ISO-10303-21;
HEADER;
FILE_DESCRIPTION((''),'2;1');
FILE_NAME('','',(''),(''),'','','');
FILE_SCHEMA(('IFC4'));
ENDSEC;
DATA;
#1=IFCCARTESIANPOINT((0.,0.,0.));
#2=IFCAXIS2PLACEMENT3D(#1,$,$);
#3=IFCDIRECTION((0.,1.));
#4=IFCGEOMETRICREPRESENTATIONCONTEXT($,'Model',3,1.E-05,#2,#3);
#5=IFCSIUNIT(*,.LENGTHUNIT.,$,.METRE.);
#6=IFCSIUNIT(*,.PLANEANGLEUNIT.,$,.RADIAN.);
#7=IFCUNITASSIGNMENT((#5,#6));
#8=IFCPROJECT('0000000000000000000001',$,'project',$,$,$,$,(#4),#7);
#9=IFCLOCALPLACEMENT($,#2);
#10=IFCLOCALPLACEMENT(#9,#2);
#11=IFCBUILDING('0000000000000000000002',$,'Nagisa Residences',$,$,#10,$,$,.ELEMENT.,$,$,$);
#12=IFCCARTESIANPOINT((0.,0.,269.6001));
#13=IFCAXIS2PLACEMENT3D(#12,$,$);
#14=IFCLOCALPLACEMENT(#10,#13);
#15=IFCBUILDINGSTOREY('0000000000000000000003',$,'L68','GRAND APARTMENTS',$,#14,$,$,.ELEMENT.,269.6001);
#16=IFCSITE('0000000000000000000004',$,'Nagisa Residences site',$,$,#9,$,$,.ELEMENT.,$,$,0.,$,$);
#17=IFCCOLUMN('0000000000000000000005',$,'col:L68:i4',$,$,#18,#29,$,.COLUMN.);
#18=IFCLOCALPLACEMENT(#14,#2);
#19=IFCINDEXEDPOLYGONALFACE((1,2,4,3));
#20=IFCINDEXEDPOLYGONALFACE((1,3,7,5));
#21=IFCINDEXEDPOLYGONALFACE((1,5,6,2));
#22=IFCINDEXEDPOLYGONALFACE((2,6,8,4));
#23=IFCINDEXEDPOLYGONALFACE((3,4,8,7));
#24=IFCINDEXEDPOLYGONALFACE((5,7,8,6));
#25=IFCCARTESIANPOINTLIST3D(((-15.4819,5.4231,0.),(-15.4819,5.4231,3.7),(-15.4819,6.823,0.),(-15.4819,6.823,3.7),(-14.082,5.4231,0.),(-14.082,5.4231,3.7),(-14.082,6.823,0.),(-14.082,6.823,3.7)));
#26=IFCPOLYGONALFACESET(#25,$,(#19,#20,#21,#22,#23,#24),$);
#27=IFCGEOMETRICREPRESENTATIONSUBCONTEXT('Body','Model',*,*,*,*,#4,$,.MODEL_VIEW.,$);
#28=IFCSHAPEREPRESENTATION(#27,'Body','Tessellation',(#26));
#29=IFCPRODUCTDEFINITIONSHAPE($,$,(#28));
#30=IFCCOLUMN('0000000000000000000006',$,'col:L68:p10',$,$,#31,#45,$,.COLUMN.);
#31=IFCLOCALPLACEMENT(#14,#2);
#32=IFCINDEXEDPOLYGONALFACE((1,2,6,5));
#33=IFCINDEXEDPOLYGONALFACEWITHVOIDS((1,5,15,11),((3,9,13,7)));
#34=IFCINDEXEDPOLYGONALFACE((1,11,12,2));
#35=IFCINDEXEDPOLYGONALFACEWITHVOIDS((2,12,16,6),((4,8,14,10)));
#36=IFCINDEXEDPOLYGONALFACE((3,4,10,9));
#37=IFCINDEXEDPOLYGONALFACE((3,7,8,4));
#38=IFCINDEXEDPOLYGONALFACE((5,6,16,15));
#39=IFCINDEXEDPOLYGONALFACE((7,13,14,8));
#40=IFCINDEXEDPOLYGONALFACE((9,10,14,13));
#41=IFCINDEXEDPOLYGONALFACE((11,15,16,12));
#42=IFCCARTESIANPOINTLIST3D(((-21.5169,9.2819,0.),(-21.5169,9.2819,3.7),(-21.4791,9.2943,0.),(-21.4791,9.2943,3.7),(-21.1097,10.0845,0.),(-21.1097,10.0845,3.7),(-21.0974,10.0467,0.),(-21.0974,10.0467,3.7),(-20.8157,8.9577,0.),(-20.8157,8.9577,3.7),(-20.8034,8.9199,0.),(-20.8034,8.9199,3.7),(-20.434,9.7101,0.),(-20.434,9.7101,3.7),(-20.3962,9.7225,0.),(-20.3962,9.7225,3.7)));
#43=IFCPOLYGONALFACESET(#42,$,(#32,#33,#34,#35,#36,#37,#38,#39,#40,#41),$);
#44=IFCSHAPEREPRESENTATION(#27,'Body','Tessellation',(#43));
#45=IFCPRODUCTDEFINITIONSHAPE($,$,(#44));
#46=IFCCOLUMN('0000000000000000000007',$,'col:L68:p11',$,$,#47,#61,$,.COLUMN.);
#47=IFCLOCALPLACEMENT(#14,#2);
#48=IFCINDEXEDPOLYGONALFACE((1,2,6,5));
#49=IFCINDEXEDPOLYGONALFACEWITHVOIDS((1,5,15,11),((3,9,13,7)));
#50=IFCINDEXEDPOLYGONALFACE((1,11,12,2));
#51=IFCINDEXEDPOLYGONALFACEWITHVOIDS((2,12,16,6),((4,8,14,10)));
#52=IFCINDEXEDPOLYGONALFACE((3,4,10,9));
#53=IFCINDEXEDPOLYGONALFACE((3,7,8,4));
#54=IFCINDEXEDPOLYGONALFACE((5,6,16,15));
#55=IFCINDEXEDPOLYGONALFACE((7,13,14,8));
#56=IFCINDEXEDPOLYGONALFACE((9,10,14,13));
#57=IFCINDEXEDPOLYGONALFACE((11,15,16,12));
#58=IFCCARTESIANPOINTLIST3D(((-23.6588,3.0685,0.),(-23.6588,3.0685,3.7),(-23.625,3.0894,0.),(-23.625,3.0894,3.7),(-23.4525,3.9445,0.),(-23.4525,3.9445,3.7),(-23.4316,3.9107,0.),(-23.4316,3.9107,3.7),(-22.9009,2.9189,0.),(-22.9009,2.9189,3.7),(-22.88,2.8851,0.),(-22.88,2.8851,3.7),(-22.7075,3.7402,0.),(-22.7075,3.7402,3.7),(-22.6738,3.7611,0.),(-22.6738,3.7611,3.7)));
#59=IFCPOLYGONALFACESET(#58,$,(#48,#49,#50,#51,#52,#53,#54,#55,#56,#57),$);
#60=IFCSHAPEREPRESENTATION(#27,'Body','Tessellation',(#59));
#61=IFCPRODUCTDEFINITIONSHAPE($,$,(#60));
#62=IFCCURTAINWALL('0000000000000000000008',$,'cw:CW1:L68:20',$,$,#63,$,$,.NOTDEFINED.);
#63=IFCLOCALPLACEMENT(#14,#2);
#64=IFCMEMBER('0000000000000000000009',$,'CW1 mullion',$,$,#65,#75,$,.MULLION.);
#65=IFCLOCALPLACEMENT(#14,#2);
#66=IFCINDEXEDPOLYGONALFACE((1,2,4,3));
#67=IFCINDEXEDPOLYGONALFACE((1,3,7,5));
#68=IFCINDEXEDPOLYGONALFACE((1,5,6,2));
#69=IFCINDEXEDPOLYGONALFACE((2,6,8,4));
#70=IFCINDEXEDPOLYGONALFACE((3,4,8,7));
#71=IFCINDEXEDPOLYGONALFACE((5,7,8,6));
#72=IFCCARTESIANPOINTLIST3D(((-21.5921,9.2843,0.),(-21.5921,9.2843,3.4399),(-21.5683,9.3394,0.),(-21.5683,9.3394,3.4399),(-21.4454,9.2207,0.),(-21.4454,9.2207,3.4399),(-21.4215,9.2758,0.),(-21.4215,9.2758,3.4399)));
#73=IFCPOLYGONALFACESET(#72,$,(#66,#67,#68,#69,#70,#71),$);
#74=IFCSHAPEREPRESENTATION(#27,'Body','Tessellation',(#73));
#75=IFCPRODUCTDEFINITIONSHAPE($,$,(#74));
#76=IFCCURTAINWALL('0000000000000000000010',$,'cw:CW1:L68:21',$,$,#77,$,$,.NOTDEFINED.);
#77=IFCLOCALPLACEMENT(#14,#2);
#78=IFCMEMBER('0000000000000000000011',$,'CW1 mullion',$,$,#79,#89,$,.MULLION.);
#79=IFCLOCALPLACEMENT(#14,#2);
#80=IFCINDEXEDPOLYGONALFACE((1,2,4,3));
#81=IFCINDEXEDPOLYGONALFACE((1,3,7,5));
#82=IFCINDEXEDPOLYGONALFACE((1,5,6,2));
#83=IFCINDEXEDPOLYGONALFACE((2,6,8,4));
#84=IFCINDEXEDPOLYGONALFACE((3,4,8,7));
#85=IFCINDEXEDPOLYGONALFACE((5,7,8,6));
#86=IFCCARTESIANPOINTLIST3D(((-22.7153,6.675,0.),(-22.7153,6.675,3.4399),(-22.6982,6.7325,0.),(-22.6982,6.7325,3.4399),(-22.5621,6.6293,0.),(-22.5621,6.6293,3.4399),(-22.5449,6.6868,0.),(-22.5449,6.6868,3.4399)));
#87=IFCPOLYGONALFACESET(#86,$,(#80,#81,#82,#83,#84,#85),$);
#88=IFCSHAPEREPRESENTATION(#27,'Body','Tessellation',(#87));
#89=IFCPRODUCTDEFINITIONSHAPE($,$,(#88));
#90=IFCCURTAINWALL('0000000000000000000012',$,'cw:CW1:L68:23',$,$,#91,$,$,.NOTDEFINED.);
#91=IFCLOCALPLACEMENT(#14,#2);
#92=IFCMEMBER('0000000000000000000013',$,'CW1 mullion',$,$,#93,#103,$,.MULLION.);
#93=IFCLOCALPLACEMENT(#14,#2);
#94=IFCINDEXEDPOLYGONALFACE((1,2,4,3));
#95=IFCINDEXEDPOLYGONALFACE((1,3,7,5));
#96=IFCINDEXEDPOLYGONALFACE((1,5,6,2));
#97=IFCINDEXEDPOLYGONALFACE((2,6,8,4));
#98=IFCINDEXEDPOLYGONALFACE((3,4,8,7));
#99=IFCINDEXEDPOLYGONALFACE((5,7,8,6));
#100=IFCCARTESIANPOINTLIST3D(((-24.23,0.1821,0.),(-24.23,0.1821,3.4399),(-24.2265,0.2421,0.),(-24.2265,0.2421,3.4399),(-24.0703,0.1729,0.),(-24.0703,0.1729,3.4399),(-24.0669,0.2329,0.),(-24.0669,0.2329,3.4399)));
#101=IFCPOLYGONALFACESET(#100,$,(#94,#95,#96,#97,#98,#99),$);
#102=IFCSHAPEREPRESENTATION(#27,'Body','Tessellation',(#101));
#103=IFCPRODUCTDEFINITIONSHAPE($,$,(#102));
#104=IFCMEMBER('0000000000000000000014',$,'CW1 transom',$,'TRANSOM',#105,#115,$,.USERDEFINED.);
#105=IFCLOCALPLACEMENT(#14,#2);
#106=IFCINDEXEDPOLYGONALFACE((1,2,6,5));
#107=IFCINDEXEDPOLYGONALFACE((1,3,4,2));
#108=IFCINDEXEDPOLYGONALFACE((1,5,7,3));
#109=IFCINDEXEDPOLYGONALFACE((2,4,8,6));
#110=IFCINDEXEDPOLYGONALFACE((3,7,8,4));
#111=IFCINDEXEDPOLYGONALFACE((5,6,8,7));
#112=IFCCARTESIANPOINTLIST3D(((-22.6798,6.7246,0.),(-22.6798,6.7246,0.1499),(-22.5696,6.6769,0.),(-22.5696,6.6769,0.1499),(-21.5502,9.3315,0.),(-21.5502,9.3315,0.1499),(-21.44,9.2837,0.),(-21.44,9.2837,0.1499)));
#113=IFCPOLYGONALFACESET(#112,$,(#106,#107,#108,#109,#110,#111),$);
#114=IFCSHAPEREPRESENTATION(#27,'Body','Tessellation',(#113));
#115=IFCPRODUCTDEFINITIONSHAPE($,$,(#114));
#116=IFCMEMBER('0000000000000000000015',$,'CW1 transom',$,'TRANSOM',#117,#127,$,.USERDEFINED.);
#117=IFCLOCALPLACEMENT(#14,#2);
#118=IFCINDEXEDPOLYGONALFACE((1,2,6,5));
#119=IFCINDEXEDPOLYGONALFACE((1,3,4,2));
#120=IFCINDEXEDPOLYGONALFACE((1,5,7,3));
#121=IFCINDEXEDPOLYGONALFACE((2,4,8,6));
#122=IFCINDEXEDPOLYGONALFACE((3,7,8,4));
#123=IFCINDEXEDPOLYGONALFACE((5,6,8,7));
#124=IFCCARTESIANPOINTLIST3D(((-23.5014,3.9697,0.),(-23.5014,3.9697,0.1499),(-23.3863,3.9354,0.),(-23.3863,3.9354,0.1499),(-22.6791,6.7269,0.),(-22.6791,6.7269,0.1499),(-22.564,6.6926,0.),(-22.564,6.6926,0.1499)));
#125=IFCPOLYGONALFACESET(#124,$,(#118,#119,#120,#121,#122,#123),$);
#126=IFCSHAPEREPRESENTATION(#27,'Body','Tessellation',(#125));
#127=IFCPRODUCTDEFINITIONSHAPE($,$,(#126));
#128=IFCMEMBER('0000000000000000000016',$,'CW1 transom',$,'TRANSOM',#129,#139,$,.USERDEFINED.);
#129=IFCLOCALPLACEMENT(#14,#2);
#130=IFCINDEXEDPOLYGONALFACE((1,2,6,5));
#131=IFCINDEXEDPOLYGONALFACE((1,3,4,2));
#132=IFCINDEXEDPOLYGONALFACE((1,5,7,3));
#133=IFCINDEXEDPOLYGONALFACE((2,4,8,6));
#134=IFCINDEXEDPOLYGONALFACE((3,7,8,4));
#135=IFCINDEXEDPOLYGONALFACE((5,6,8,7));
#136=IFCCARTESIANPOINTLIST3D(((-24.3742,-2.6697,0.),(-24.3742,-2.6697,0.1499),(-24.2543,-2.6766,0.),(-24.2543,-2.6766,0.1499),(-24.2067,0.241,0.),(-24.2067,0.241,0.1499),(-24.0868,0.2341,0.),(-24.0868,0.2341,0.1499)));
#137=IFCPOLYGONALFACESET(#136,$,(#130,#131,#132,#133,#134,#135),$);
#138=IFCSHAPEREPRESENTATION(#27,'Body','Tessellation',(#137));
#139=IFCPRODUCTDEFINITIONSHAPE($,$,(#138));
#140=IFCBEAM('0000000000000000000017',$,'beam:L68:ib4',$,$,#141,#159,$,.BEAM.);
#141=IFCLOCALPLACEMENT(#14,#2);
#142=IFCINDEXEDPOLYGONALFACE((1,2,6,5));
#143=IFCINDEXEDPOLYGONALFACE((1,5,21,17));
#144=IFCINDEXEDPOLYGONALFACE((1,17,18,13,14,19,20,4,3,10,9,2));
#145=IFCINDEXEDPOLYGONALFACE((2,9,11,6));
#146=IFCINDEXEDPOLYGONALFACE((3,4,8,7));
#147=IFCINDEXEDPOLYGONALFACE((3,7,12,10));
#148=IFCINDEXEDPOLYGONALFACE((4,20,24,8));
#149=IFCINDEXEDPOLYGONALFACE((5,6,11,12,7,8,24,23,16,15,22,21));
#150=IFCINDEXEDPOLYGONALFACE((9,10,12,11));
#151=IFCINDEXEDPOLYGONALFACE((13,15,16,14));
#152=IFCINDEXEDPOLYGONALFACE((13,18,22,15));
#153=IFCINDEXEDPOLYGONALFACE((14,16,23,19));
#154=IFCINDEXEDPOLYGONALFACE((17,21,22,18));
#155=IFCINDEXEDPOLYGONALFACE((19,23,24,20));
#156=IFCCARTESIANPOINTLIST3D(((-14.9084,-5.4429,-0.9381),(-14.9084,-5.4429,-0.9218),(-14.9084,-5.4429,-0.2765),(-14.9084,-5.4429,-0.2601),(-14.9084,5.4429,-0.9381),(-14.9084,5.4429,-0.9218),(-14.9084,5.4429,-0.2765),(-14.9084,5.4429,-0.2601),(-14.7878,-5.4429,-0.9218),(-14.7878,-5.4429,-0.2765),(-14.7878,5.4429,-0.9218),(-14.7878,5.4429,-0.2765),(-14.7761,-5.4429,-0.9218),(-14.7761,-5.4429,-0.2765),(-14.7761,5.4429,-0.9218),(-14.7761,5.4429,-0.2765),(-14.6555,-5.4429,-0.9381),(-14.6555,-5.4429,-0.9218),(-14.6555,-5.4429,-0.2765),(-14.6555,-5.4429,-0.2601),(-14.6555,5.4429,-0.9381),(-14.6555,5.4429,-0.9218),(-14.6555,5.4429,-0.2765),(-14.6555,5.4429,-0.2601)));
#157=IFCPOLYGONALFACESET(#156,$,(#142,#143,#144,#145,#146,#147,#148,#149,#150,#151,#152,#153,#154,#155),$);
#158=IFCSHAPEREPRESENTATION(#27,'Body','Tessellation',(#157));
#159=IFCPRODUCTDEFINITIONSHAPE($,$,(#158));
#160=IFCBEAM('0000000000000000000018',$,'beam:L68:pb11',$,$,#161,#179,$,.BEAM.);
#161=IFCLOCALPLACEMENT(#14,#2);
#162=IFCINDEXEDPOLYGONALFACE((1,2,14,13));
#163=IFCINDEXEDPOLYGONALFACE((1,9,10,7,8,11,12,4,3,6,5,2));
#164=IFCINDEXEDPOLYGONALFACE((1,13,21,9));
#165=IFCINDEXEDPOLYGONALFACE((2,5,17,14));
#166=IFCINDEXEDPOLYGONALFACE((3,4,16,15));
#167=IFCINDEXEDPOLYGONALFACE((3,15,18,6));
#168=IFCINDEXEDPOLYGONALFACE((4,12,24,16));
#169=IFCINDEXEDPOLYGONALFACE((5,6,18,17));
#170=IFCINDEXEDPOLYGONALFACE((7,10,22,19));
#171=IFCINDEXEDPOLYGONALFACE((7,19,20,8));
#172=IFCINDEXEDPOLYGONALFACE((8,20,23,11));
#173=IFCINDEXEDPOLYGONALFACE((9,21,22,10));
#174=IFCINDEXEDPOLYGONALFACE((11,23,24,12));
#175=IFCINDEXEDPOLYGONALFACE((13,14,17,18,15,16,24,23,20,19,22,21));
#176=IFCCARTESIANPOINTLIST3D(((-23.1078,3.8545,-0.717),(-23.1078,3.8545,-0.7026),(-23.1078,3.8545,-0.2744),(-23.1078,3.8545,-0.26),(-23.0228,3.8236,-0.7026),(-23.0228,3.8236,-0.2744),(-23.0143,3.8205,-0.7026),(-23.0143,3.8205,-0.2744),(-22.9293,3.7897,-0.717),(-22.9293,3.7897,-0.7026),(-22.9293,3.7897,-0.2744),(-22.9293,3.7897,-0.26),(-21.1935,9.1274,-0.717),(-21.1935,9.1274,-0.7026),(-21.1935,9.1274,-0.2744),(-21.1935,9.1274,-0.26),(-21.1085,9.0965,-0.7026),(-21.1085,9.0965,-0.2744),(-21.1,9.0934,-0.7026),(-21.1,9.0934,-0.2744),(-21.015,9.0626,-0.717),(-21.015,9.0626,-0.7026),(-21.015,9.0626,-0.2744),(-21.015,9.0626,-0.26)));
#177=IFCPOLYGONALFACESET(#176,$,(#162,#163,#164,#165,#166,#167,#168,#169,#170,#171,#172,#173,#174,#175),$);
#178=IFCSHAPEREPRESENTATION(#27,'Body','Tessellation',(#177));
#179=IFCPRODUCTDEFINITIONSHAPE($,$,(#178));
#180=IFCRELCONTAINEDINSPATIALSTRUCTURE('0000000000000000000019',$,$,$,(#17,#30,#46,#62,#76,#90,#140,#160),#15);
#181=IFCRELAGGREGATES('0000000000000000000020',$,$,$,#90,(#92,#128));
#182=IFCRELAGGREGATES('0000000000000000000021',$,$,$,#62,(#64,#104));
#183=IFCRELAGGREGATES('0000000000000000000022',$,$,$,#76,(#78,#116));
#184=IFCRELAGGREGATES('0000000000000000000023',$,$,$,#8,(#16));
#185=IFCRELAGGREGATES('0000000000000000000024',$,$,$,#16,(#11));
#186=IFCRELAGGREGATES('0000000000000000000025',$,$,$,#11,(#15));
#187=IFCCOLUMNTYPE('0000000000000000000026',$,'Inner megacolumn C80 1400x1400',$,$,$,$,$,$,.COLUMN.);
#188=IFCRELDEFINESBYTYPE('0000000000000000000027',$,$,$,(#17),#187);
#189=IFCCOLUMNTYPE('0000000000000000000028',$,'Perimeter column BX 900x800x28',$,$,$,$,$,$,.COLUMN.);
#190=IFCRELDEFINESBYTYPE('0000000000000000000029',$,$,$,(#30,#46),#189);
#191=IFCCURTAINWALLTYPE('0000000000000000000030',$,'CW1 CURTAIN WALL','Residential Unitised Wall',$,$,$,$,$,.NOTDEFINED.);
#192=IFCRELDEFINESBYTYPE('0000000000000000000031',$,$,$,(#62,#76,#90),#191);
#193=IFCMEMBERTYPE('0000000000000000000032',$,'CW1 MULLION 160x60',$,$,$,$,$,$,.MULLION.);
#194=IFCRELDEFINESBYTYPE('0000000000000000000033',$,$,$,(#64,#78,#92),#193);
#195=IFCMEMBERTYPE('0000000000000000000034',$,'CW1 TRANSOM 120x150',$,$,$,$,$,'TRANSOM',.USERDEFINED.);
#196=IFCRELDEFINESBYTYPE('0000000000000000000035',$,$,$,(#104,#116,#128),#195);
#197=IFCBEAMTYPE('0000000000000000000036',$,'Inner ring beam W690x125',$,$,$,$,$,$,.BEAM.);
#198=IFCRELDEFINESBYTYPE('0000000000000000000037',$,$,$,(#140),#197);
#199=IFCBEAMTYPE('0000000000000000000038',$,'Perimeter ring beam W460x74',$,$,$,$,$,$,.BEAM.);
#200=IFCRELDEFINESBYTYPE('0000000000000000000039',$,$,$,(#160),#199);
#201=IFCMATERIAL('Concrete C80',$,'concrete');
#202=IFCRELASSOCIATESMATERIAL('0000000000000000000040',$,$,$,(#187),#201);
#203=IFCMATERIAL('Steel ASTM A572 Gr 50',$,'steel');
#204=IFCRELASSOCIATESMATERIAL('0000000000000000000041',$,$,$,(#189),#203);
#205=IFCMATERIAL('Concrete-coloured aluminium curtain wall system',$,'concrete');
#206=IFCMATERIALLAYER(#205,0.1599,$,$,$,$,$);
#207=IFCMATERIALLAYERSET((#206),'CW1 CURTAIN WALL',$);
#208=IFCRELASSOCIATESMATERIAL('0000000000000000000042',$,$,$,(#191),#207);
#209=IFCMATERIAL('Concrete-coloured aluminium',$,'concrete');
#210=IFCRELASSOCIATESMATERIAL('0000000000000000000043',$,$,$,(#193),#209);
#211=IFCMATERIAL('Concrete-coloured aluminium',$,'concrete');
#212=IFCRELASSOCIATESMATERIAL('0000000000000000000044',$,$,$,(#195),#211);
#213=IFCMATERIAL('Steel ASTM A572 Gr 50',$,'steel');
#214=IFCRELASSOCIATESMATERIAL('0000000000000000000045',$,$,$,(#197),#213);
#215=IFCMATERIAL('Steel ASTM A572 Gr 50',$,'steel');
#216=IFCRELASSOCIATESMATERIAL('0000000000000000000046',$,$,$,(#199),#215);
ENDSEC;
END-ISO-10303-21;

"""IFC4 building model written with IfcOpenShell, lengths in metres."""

from ifc_helpers import new_model, si_unit, direction, frame, origin, origin_2d, place, context, subcontext, project, spatial, rectangle, hollow_rectangle, i_section, extrude, material, layer, layer_set, material_profile, profile_set, type_object, element, aggregate, save


model = new_model("IFC4")

# Units and contexts
model_context = context("Model", 3, precision=1e-05, world=origin(), true_north=direction((0.0, 1.0)))
body_context = subcontext(model_context, "Body", "Model", "MODEL_VIEW")
ifc_project = project(units=[si_unit("LENGTHUNIT", "METRE"), si_unit("PLANEANGLEUNIT", "RADIAN")], contexts=[model_context])

# Site, building, storey
site_placement = place(None, origin())
site = spatial("IfcSite", under=ifc_project, at=site_placement, Name="Nagisa Residences site", CompositionType="ELEMENT", RefElevation=0.0)
building_placement = place(site_placement, origin())
building = spatial("IfcBuilding", under=site, at=building_placement, Name="Nagisa Residences", CompositionType="ELEMENT")
storey_placement = place(building_placement, frame((0.0, 0.0, 269.6001)))
storey = spatial("IfcBuildingStorey", under=building, at=storey_placement, Name="L68", Description="GRAND APARTMENTS", CompositionType="ELEMENT", Elevation=269.6001)

# Columns
ifc_material_1 = material(Name="Concrete C80", Category="concrete")
ifc_material_profile_1 = material_profile(ifc_material_1, rectangle(XDim=1.3999, YDim=1.3999, at=origin_2d()), Name="C80 1400x1400")
ifc_profile_set_1 = profile_set([ifc_material_profile_1], Name="Concrete C80")
column_type_1 = type_object("IfcColumnType", Name="Inner megacolumn C80 1400x1400", PredefinedType="COLUMN", material=ifc_profile_set_1)
column_placement = place(storey_placement, frame((-14.782, 6.123, 0.0), z_axis=(0.0, 0.0, 1.0), x_axis=(1.0, 0.0, 0.0)))
element("IfcColumn", 1, at=column_placement, inside=storey, type_object=column_type_1, Name="col:L68:i4", PredefinedType="COLUMN", context=body_context, shape_type="SweptSolid", body=[
    extrude(rectangle(XDim=1.3999, YDim=1.3999, at=origin_2d()), origin(), (0.0, 0.0, 1.0), 3.7),
])
ifc_material_2 = material(Name="Steel ASTM A572 Gr 50", Category="steel")
ifc_material_profile_2 = material_profile(ifc_material_2, hollow_rectangle(XDim=0.8999, YDim=0.8, WallThickness=0.0281, at=origin_2d()), Name="BX 900x800x28")
ifc_profile_set_2 = profile_set([ifc_material_profile_2], Name="Steel ASTM A572 Gr 50")
column_type_2 = type_object("IfcColumnType", Name="Perimeter column BX 900x800x28", PredefinedType="COLUMN", material=ifc_profile_set_2)
for number, where, z_axis, x_axis, name in (
    (2, (-20.9565, 9.5022, 0.0), (0.0, 0.0, 1.0), (-0.452463, -0.891783, 0.0), "col:L68:p10"),
    (3, (-23.1663, 3.4148, 0.0), (0.0, 0.0, 1.0), (-0.229202, -0.973379, 0.0), "col:L68:p11"),
):
    element("IfcColumn", number, at=place(storey_placement, frame(where, z_axis=z_axis, x_axis=x_axis)), inside=storey, type_object=column_type_2, Name=name, PredefinedType="COLUMN", context=body_context, shape_type="SweptSolid", body=[
        extrude(hollow_rectangle(XDim=0.8999, YDim=0.8, WallThickness=0.0281, at=origin_2d()), origin(), (0.0, 0.0, 1.0), 3.7),
    ])

# Curtain walls, members
ifc_material_3 = material(Name="Concrete-coloured aluminium curtain wall system", Category="concrete")
ifc_layer_1 = layer(ifc_material_3, 0.1599)
ifc_layer_set_1 = layer_set([ifc_layer_1], Name="CW1 CURTAIN WALL")
curtain_wall_type = type_object("IfcCurtainWallType", Name="CW1 CURTAIN WALL", Description="Residential Unitised Wall", PredefinedType="NOTDEFINED", material=ifc_layer_set_1)
curtain_wall_1_placement = place(storey_placement, origin())
curtain_wall_1 = element("IfcCurtainWall", 4, at=curtain_wall_1_placement, inside=storey, type_object=curtain_wall_type, Name="cw:CW1:L68:20", PredefinedType="NOTDEFINED")
ifc_material_4 = material(Name="Concrete-coloured aluminium", Category="concrete")
ifc_material_profile_3 = material_profile(ifc_material_4, rectangle(XDim=0.1599, YDim=0.0601, at=origin_2d()), Name="CW1 MULLION 160x60")
ifc_profile_set_3 = profile_set([ifc_material_profile_3], Name="Concrete-coloured aluminium")
member_type_1 = type_object("IfcMemberType", Name="CW1 MULLION 160x60", PredefinedType="MULLION", material=ifc_profile_set_3)
member_1_placement = place(storey_placement, frame((-21.5068, 9.28, 0.0), z_axis=(0.0, 0.0, 1.0), x_axis=(0.917543, -0.397636, 0.0)))
member_1 = element("IfcMember", 5, at=member_1_placement, type_object=member_type_1, Name="CW1 mullion", PredefinedType="MULLION", context=body_context, shape_type="SweptSolid", body=[
    extrude(rectangle(XDim=0.1599, YDim=0.0601, at=origin_2d()), origin(), (0.0, 0.0, 1.0), 3.4399),
])
curtain_wall_2_placement = place(storey_placement, origin())
curtain_wall_2 = element("IfcCurtainWall", 6, at=curtain_wall_2_placement, inside=storey, type_object=curtain_wall_type, Name="cw:CW1:L68:21", PredefinedType="NOTDEFINED")
member_2_placement = place(storey_placement, frame((-22.6301, 6.6809, 0.0), z_axis=(0.0, 0.0, 1.0), x_axis=(0.958271, -0.28586, 0.0)))
member_2 = element("IfcMember", 7, at=member_2_placement, type_object=member_type_1, Name="CW1 mullion", PredefinedType="MULLION", context=body_context, shape_type="SweptSolid", body=[
    extrude(rectangle(XDim=0.1599, YDim=0.0601, at=origin_2d()), origin(), (0.0, 0.0, 1.0), 3.4399),
])
curtain_wall_3_placement = place(storey_placement, origin())
curtain_wall_3 = element("IfcCurtainWall", 8, at=curtain_wall_3_placement, inside=storey, type_object=curtain_wall_type, Name="cw:CW1:L68:23", PredefinedType="NOTDEFINED")
member_3_placement = place(storey_placement, frame((-24.1484, 0.2075, 0.0), z_axis=(0.0, 0.0, 1.0), x_axis=(0.998345, -0.057503, 0.0)))
member_3 = element("IfcMember", 9, at=member_3_placement, type_object=member_type_1, Name="CW1 mullion", PredefinedType="MULLION", context=body_context, shape_type="SweptSolid", body=[
    extrude(rectangle(XDim=0.1599, YDim=0.0601, at=origin_2d()), origin(), (0.0, 0.0, 1.0), 3.4399),
])

# Members
ifc_material_5 = material(Name="Concrete-coloured aluminium", Category="concrete")
ifc_material_profile_4 = material_profile(ifc_material_5, rectangle(XDim=0.1201, YDim=0.1499, at=origin_2d()), Name="CW1 TRANSOM 120x150")
ifc_profile_set_4 = profile_set([ifc_material_profile_4], Name="Concrete-coloured aluminium")
member_type_2 = type_object("IfcMemberType", Name="CW1 TRANSOM 120x150", ElementType="TRANSOM", PredefinedType="USERDEFINED", material=ifc_profile_set_4)
member_4_placement = place(storey_placement, frame((-21.4951, 9.3076, 0.075), z_axis=(-0.397598, -0.91756, 0.0), x_axis=(0.91756, -0.397598, 0.0)))
member_4 = element("IfcMember", 10, at=member_4_placement, type_object=member_type_2, Name="CW1 transom", ObjectType="TRANSOM", PredefinedType="USERDEFINED", context=body_context, shape_type="SweptSolid", body=[
    extrude(rectangle(XDim=0.1201, YDim=0.1499, at=origin_2d()), origin(), (0.0, 0.0, 1.0), 2.8411),
])
member_5_placement = place(storey_placement, frame((-22.6216, 6.7097, 0.075), z_axis=(-0.285798, -0.95829, 0.0), x_axis=(0.95829, -0.285798, 0.0)))
member_5 = element("IfcMember", 11, at=member_5_placement, type_object=member_type_2, Name="CW1 transom", ObjectType="TRANSOM", PredefinedType="USERDEFINED", context=body_context, shape_type="SweptSolid", body=[
    extrude(rectangle(XDim=0.1201, YDim=0.1499, at=origin_2d()), origin(), (0.0, 0.0, 1.0), 2.8772),
])
member_6_placement = place(storey_placement, frame((-24.1467, 0.2375, 0.075), z_axis=(-0.057446, -0.998349, 0.0), x_axis=(0.998349, -0.057446, 0.0)))
member_6 = element("IfcMember", 12, at=member_6_placement, type_object=member_type_2, Name="CW1 transom", ObjectType="TRANSOM", PredefinedType="USERDEFINED", context=body_context, shape_type="SweptSolid", body=[
    extrude(rectangle(XDim=0.1201, YDim=0.1499, at=origin_2d()), origin(), (0.0, 0.0, 1.0), 2.9155),
])
aggregate(curtain_wall_3, [member_3, member_6])

# Beams
ifc_material_6 = material(Name="Steel ASTM A572 Gr 50", Category="steel")
ifc_material_profile_5 = material_profile(ifc_material_6, i_section(OverallWidth=0.2529, OverallDepth=0.678, WebThickness=0.0117, FlangeThickness=0.0164, at=origin_2d()), Name="W690x125")
ifc_profile_set_5 = profile_set([ifc_material_profile_5], Name="Steel ASTM A572 Gr 50")
beam_type_1 = type_object("IfcBeamType", Name="Inner ring beam W690x125", PredefinedType="BEAM", material=ifc_profile_set_5)
beam_1_placement = place(storey_placement, frame((-14.782, 5.4429, -0.5991), z_axis=(0.0, -1.0, 0.0), x_axis=(1.0, 0.0, 0.0)))
element("IfcBeam", 13, at=beam_1_placement, inside=storey, type_object=beam_type_1, Name="beam:L68:ib4", PredefinedType="BEAM", context=body_context, shape_type="SweptSolid", body=[
    extrude(i_section(OverallWidth=0.2529, OverallDepth=0.678, WebThickness=0.0117, FlangeThickness=0.0164, at=origin_2d()), origin(), (0.0, 0.0, 1.0), 10.8857),
])
ifc_material_7 = material(Name="Steel ASTM A572 Gr 50", Category="steel")
ifc_material_profile_6 = material_profile(ifc_material_7, i_section(OverallWidth=0.1899, OverallDepth=0.457, WebThickness=0.009, FlangeThickness=0.0144, at=origin_2d()), Name="W460x74")
ifc_profile_set_6 = profile_set([ifc_material_profile_6], Name="Steel ASTM A572 Gr 50")
beam_type_2 = type_object("IfcBeamType", Name="Perimeter ring beam W460x74", PredefinedType="BEAM", material=ifc_profile_set_6)
beam_2_placement = place(storey_placement, frame((-21.1042, 9.095, -0.4885), z_axis=(-0.34125, -0.939972, 0.0), x_axis=(0.939972, -0.34125, 0.0)))
element("IfcBeam", 14, at=beam_2_placement, inside=storey, type_object=beam_type_2, Name="beam:L68:pb11", PredefinedType="BEAM", context=body_context, shape_type="SweptSolid", body=[
    extrude(i_section(OverallWidth=0.1899, OverallDepth=0.457, WebThickness=0.009, FlangeThickness=0.0144, at=origin_2d()), origin(), (0.0, 0.0, 1.0), 5.6096),
])

aggregate(curtain_wall_1, [member_1, member_4])
aggregate(curtain_wall_2, [member_2, member_5])

save(model, "model.ifc")
